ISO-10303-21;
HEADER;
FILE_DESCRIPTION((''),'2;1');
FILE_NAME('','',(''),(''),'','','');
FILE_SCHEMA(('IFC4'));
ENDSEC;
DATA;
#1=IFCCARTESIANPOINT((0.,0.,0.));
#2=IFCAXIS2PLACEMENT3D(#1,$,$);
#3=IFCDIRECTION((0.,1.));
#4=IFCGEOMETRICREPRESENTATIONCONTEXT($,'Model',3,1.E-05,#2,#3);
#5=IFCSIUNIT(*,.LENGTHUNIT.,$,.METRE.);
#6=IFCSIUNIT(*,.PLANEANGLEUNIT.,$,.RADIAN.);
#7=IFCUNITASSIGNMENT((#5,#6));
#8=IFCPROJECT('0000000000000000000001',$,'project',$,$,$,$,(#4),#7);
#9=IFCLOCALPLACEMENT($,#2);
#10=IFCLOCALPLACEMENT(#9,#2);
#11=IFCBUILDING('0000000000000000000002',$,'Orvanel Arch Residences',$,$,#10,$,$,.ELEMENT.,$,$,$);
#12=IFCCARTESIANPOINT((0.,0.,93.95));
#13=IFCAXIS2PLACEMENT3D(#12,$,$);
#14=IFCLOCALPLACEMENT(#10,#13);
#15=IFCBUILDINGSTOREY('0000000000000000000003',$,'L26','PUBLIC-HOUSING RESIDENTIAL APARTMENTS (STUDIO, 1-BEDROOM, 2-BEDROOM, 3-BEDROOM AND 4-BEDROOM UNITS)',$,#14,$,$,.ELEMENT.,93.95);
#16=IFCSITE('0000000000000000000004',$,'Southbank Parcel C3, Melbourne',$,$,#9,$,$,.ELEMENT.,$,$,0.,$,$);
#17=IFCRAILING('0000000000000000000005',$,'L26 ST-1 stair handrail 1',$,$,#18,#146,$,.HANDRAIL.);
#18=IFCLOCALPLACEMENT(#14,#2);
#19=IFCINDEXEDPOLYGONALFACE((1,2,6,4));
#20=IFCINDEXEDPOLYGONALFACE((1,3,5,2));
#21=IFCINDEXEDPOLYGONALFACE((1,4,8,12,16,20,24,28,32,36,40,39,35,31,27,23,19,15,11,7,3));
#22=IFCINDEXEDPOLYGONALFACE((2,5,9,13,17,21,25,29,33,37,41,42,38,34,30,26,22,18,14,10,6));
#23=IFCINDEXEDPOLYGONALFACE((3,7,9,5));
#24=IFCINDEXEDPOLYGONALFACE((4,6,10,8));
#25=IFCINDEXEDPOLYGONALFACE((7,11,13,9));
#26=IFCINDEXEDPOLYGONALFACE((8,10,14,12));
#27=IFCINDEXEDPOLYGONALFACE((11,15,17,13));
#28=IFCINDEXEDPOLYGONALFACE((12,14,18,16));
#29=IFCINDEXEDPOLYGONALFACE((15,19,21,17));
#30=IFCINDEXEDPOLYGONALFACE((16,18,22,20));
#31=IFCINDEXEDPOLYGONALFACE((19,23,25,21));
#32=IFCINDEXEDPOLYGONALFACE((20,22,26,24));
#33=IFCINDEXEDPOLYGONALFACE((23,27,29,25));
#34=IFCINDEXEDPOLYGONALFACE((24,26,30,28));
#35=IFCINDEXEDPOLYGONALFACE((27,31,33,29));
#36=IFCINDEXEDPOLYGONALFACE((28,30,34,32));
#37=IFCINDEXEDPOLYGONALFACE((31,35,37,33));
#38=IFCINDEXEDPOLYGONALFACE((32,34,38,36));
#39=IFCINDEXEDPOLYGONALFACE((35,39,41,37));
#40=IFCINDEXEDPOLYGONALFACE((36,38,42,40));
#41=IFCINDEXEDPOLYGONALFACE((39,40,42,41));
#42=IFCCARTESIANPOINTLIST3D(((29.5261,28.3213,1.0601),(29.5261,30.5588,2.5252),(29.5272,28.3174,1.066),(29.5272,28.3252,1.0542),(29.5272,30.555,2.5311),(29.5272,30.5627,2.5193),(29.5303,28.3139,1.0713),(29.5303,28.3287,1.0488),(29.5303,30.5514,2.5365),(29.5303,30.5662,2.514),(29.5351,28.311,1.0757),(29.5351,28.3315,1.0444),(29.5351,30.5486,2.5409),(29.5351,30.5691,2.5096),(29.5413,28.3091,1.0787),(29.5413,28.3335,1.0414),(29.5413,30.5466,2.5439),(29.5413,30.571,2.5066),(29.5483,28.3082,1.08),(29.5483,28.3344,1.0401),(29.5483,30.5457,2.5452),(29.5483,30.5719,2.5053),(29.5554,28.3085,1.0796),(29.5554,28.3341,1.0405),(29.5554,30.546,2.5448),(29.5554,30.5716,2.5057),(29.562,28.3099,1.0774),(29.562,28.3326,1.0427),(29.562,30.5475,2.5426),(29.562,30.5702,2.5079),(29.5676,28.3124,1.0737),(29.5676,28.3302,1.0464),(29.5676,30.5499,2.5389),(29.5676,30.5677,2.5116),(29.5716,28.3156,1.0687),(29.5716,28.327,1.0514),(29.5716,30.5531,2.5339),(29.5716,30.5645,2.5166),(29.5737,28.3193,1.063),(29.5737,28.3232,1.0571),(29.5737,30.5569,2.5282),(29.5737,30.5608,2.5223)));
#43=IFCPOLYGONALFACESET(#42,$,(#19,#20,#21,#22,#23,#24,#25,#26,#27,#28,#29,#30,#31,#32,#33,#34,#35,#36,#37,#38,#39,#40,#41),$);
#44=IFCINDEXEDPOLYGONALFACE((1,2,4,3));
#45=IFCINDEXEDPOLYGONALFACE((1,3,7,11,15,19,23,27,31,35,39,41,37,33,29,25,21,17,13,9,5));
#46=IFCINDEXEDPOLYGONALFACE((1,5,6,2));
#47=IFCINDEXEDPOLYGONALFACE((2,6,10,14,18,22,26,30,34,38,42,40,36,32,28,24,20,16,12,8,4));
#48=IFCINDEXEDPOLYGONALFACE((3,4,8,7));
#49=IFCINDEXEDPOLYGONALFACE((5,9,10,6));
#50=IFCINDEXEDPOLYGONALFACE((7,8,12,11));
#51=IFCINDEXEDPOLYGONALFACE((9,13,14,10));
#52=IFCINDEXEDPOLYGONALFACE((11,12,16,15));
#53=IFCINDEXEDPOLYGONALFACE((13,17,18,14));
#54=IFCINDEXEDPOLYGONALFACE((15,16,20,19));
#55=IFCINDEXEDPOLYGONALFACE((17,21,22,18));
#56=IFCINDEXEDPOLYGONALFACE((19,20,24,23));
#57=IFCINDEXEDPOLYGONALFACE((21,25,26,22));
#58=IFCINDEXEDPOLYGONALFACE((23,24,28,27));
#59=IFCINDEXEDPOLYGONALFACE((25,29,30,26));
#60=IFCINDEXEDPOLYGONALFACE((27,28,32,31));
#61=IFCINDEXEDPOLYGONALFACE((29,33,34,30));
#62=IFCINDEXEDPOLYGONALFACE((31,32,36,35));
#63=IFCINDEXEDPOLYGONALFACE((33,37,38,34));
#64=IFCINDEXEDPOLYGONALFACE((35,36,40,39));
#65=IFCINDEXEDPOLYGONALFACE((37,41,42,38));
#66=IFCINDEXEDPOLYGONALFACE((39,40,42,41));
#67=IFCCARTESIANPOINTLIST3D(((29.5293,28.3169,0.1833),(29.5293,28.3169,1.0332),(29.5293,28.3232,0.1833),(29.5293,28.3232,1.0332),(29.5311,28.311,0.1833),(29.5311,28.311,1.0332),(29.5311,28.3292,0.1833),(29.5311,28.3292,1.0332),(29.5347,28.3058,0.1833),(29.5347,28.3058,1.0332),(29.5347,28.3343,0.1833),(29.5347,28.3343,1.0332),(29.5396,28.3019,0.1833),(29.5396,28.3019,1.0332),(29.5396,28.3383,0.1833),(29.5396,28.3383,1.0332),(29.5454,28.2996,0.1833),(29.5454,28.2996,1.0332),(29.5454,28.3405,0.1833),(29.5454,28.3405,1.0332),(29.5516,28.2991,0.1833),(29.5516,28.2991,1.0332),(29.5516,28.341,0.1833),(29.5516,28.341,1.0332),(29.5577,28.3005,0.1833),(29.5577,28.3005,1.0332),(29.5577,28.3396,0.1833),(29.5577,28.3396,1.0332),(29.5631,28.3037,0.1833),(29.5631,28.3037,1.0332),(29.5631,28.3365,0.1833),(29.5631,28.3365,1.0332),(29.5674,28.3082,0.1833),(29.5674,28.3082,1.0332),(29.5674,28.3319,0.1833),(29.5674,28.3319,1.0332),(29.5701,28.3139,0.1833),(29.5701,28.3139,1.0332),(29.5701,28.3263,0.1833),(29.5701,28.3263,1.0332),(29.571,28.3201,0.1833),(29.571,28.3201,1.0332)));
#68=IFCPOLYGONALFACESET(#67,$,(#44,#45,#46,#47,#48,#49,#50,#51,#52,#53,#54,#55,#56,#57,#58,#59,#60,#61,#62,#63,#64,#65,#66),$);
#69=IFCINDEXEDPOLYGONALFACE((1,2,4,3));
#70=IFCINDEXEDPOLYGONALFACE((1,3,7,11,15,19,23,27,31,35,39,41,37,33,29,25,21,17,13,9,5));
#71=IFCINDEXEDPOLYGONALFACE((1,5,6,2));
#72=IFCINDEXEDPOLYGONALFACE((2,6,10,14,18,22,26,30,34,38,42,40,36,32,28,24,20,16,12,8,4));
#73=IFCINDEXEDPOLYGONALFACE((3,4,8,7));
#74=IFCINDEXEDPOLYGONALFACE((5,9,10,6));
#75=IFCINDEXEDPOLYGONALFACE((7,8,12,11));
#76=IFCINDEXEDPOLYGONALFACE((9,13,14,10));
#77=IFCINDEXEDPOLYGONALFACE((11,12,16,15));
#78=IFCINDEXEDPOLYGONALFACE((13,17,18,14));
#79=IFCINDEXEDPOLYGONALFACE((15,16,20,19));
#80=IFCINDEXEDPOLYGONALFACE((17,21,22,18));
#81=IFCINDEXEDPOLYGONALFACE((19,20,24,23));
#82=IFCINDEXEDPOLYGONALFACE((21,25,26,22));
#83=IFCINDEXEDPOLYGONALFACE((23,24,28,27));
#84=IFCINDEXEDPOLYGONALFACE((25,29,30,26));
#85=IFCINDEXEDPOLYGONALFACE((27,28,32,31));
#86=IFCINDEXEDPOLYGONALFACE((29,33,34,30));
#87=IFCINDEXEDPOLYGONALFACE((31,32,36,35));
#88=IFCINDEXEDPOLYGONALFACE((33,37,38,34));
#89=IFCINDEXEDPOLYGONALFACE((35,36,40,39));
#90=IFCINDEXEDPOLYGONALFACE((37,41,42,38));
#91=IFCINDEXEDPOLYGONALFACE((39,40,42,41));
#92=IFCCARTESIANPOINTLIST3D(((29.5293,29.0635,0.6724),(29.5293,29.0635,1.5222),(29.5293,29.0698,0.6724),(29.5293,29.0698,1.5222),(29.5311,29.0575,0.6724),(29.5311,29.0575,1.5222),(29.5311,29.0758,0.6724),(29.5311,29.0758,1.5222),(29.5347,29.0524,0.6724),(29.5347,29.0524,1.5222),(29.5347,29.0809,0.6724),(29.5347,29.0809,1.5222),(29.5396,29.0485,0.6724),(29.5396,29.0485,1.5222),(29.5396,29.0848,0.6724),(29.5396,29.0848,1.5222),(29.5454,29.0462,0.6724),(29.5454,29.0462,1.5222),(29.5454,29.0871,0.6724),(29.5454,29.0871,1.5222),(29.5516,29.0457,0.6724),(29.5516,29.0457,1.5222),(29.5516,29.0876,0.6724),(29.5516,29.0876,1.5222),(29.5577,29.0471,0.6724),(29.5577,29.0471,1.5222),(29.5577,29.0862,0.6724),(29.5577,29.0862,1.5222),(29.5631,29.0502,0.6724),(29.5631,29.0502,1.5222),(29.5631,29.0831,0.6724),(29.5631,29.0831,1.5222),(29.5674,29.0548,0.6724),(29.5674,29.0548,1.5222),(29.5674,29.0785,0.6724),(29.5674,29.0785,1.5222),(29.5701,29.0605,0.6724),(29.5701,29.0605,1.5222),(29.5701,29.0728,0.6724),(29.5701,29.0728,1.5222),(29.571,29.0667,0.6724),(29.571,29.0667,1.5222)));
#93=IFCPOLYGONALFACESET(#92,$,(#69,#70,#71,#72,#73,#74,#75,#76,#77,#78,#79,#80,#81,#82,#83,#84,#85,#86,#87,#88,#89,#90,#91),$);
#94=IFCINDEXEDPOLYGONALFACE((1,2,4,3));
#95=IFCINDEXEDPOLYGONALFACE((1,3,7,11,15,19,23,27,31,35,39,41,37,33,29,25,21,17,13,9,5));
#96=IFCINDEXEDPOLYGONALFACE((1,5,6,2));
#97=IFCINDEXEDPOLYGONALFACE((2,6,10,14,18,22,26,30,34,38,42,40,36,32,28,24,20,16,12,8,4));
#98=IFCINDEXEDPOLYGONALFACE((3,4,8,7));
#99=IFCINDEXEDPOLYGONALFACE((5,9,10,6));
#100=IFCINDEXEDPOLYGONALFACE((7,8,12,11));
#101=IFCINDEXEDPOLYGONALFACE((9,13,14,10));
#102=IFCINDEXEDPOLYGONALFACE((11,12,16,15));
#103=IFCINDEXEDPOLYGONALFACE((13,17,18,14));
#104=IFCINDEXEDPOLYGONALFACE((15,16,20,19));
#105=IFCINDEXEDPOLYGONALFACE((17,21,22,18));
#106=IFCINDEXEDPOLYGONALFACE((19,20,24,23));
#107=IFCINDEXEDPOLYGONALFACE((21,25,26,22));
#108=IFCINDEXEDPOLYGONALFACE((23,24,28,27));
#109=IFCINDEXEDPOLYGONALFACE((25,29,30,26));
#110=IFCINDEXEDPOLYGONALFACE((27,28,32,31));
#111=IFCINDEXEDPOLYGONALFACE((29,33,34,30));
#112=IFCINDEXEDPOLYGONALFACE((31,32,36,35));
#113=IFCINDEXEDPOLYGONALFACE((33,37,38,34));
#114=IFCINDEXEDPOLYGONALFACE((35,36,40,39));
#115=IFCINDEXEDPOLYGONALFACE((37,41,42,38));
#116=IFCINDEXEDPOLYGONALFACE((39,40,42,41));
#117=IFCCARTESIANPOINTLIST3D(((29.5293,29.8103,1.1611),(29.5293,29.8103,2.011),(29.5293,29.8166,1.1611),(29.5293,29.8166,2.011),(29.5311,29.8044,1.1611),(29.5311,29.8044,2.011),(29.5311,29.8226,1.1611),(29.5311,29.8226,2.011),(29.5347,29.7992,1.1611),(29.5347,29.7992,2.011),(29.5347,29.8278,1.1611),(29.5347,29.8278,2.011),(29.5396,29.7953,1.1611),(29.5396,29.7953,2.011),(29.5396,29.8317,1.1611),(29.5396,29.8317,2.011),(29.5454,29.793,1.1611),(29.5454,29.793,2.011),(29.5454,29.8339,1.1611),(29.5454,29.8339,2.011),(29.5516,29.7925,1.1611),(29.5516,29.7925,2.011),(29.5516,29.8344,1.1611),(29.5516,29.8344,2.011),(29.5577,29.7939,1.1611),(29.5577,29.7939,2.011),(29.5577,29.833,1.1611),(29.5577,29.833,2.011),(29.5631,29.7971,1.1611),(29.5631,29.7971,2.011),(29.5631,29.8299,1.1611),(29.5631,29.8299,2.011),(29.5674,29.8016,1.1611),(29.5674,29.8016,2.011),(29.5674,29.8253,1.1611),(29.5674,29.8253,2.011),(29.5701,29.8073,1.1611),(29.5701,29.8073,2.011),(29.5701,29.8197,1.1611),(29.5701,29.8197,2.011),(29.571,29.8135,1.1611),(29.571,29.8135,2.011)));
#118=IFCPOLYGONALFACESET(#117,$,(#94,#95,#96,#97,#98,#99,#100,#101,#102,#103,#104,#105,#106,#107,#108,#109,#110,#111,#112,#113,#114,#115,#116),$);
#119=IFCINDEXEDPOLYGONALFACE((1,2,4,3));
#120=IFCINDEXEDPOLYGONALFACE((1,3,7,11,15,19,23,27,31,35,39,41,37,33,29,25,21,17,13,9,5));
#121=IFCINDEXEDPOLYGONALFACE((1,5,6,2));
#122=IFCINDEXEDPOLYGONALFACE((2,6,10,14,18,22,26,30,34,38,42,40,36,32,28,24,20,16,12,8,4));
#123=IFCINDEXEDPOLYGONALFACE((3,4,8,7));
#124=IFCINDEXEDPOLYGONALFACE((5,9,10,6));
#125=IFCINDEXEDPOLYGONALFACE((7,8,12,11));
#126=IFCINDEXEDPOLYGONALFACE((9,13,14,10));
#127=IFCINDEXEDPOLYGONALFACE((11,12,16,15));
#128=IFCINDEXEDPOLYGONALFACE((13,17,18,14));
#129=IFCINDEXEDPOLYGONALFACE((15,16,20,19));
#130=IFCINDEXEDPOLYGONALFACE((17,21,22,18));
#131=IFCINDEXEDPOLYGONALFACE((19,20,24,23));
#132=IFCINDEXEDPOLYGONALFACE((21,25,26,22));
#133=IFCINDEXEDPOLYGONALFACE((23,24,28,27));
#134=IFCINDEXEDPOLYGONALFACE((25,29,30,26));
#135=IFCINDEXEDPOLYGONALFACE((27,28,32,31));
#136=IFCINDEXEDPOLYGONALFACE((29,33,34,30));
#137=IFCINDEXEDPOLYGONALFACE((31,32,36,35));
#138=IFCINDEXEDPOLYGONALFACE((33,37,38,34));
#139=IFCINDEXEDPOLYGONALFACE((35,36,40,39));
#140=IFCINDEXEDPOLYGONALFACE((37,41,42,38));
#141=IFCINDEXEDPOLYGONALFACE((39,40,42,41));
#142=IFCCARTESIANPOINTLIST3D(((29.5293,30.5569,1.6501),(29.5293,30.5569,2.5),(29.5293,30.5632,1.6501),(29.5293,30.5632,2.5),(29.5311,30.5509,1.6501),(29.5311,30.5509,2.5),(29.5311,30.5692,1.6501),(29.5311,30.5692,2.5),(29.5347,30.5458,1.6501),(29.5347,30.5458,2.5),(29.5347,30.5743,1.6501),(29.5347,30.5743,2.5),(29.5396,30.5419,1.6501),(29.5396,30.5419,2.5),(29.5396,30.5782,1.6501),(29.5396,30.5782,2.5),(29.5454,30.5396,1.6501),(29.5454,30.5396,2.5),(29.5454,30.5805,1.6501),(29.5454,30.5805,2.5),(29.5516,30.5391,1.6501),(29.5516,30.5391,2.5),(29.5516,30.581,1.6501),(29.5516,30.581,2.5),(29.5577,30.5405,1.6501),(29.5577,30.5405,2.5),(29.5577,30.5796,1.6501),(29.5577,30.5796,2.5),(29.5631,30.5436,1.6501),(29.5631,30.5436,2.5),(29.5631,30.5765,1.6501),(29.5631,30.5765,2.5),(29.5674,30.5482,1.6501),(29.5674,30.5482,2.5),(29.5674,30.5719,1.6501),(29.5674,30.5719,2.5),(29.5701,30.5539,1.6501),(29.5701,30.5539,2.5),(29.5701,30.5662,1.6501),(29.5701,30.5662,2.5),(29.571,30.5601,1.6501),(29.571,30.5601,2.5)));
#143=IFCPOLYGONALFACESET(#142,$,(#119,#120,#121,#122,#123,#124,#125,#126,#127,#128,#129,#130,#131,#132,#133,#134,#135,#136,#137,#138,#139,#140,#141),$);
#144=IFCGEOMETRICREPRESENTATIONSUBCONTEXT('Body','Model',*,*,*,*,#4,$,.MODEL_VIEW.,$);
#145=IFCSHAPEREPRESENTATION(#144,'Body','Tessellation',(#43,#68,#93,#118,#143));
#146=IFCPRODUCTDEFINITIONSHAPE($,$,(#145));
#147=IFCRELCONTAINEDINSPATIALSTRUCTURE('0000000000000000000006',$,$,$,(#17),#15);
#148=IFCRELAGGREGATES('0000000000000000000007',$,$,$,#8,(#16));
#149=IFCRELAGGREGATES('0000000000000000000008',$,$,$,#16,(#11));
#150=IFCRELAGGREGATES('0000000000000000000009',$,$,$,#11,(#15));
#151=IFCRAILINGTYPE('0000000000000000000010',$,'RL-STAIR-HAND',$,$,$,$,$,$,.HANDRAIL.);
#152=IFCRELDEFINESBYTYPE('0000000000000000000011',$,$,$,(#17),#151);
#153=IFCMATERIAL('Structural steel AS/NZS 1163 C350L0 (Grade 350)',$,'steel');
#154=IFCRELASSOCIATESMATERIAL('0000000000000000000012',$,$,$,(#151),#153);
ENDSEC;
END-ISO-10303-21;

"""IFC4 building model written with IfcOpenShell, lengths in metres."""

from ifc_helpers import new_model, si_unit, direction, frame, origin, origin_2d, place, context, subcontext, project, spatial, circle, extrude, material, type_object, element, save


model = new_model("IFC4")

# Units and contexts
model_context = context("Model", 3, precision=1e-05, world=origin(), true_north=direction((0.0, 1.0)))
body_context = subcontext(model_context, "Body", "Model", "MODEL_VIEW")
ifc_project = project(units=[si_unit("LENGTHUNIT", "METRE"), si_unit("PLANEANGLEUNIT", "RADIAN")], contexts=[model_context])

# Site, building, storey
site_placement = place(None, origin())
site = spatial("IfcSite", under=ifc_project, at=site_placement, Name="Southbank Parcel C3, Melbourne", CompositionType="ELEMENT", RefElevation=0.0)
building_placement = place(site_placement, origin())
building = spatial("IfcBuilding", under=site, at=building_placement, Name="Orvanel Arch Residences", CompositionType="ELEMENT")
storey_placement = place(building_placement, frame((0.0, 0.0, 93.95)))
storey = spatial("IfcBuildingStorey", under=building, at=storey_placement, Name="L26", Description="PUBLIC-HOUSING RESIDENTIAL APARTMENTS (STUDIO, 1-BEDROOM, 2-BEDROOM, 3-BEDROOM AND 4-BEDROOM UNITS)", CompositionType="ELEMENT", Elevation=93.95)

# Railing
ifc_material_1 = material(Name="Structural steel AS/NZS 1163 C350L0 (Grade 350)", Category="steel")
railing_type_1 = type_object("IfcRailingType", Name="RL-STAIR-HAND", PredefinedType="HANDRAIL", material=ifc_material_1)
railing_1_placement = place(storey_placement, frame((29.55, 28.3201, 0.1833)))
element("IfcRailing", 1, at=railing_1_placement, inside=storey, type_object=railing_type_1, Name="L26 ST-1 stair handrail 1", PredefinedType="HANDRAIL", context=body_context, shape_type="SweptSolid", body=[
    extrude(circle(Radius=0.0239, at=origin_2d()), frame((0.0, 0.0012, 0.8767), z_axis=(0.0, 0.836595, 0.547822), x_axis=(-1.0, 0.0, 0.0)), (0.0, 0.0, 1.0), 2.6746),
    extrude(circle(Radius=0.021, at=origin_2d()), origin(), (0.0, 0.0, 1.0), 0.8499),
    extrude(circle(Radius=0.021, at=origin_2d()), frame((0.0, 0.7466, 0.489)), (0.0, 0.0, 1.0), 0.8499),
    extrude(circle(Radius=0.021, at=origin_2d()), frame((0.0, 1.4934, 0.9778)), (0.0, 0.0, 1.0), 0.8499),
    extrude(circle(Radius=0.021, at=origin_2d()), frame((0.0, 2.24, 1.4668)), (0.0, 0.0, 1.0), 0.8499),
])

save(model, "model.ifc")
